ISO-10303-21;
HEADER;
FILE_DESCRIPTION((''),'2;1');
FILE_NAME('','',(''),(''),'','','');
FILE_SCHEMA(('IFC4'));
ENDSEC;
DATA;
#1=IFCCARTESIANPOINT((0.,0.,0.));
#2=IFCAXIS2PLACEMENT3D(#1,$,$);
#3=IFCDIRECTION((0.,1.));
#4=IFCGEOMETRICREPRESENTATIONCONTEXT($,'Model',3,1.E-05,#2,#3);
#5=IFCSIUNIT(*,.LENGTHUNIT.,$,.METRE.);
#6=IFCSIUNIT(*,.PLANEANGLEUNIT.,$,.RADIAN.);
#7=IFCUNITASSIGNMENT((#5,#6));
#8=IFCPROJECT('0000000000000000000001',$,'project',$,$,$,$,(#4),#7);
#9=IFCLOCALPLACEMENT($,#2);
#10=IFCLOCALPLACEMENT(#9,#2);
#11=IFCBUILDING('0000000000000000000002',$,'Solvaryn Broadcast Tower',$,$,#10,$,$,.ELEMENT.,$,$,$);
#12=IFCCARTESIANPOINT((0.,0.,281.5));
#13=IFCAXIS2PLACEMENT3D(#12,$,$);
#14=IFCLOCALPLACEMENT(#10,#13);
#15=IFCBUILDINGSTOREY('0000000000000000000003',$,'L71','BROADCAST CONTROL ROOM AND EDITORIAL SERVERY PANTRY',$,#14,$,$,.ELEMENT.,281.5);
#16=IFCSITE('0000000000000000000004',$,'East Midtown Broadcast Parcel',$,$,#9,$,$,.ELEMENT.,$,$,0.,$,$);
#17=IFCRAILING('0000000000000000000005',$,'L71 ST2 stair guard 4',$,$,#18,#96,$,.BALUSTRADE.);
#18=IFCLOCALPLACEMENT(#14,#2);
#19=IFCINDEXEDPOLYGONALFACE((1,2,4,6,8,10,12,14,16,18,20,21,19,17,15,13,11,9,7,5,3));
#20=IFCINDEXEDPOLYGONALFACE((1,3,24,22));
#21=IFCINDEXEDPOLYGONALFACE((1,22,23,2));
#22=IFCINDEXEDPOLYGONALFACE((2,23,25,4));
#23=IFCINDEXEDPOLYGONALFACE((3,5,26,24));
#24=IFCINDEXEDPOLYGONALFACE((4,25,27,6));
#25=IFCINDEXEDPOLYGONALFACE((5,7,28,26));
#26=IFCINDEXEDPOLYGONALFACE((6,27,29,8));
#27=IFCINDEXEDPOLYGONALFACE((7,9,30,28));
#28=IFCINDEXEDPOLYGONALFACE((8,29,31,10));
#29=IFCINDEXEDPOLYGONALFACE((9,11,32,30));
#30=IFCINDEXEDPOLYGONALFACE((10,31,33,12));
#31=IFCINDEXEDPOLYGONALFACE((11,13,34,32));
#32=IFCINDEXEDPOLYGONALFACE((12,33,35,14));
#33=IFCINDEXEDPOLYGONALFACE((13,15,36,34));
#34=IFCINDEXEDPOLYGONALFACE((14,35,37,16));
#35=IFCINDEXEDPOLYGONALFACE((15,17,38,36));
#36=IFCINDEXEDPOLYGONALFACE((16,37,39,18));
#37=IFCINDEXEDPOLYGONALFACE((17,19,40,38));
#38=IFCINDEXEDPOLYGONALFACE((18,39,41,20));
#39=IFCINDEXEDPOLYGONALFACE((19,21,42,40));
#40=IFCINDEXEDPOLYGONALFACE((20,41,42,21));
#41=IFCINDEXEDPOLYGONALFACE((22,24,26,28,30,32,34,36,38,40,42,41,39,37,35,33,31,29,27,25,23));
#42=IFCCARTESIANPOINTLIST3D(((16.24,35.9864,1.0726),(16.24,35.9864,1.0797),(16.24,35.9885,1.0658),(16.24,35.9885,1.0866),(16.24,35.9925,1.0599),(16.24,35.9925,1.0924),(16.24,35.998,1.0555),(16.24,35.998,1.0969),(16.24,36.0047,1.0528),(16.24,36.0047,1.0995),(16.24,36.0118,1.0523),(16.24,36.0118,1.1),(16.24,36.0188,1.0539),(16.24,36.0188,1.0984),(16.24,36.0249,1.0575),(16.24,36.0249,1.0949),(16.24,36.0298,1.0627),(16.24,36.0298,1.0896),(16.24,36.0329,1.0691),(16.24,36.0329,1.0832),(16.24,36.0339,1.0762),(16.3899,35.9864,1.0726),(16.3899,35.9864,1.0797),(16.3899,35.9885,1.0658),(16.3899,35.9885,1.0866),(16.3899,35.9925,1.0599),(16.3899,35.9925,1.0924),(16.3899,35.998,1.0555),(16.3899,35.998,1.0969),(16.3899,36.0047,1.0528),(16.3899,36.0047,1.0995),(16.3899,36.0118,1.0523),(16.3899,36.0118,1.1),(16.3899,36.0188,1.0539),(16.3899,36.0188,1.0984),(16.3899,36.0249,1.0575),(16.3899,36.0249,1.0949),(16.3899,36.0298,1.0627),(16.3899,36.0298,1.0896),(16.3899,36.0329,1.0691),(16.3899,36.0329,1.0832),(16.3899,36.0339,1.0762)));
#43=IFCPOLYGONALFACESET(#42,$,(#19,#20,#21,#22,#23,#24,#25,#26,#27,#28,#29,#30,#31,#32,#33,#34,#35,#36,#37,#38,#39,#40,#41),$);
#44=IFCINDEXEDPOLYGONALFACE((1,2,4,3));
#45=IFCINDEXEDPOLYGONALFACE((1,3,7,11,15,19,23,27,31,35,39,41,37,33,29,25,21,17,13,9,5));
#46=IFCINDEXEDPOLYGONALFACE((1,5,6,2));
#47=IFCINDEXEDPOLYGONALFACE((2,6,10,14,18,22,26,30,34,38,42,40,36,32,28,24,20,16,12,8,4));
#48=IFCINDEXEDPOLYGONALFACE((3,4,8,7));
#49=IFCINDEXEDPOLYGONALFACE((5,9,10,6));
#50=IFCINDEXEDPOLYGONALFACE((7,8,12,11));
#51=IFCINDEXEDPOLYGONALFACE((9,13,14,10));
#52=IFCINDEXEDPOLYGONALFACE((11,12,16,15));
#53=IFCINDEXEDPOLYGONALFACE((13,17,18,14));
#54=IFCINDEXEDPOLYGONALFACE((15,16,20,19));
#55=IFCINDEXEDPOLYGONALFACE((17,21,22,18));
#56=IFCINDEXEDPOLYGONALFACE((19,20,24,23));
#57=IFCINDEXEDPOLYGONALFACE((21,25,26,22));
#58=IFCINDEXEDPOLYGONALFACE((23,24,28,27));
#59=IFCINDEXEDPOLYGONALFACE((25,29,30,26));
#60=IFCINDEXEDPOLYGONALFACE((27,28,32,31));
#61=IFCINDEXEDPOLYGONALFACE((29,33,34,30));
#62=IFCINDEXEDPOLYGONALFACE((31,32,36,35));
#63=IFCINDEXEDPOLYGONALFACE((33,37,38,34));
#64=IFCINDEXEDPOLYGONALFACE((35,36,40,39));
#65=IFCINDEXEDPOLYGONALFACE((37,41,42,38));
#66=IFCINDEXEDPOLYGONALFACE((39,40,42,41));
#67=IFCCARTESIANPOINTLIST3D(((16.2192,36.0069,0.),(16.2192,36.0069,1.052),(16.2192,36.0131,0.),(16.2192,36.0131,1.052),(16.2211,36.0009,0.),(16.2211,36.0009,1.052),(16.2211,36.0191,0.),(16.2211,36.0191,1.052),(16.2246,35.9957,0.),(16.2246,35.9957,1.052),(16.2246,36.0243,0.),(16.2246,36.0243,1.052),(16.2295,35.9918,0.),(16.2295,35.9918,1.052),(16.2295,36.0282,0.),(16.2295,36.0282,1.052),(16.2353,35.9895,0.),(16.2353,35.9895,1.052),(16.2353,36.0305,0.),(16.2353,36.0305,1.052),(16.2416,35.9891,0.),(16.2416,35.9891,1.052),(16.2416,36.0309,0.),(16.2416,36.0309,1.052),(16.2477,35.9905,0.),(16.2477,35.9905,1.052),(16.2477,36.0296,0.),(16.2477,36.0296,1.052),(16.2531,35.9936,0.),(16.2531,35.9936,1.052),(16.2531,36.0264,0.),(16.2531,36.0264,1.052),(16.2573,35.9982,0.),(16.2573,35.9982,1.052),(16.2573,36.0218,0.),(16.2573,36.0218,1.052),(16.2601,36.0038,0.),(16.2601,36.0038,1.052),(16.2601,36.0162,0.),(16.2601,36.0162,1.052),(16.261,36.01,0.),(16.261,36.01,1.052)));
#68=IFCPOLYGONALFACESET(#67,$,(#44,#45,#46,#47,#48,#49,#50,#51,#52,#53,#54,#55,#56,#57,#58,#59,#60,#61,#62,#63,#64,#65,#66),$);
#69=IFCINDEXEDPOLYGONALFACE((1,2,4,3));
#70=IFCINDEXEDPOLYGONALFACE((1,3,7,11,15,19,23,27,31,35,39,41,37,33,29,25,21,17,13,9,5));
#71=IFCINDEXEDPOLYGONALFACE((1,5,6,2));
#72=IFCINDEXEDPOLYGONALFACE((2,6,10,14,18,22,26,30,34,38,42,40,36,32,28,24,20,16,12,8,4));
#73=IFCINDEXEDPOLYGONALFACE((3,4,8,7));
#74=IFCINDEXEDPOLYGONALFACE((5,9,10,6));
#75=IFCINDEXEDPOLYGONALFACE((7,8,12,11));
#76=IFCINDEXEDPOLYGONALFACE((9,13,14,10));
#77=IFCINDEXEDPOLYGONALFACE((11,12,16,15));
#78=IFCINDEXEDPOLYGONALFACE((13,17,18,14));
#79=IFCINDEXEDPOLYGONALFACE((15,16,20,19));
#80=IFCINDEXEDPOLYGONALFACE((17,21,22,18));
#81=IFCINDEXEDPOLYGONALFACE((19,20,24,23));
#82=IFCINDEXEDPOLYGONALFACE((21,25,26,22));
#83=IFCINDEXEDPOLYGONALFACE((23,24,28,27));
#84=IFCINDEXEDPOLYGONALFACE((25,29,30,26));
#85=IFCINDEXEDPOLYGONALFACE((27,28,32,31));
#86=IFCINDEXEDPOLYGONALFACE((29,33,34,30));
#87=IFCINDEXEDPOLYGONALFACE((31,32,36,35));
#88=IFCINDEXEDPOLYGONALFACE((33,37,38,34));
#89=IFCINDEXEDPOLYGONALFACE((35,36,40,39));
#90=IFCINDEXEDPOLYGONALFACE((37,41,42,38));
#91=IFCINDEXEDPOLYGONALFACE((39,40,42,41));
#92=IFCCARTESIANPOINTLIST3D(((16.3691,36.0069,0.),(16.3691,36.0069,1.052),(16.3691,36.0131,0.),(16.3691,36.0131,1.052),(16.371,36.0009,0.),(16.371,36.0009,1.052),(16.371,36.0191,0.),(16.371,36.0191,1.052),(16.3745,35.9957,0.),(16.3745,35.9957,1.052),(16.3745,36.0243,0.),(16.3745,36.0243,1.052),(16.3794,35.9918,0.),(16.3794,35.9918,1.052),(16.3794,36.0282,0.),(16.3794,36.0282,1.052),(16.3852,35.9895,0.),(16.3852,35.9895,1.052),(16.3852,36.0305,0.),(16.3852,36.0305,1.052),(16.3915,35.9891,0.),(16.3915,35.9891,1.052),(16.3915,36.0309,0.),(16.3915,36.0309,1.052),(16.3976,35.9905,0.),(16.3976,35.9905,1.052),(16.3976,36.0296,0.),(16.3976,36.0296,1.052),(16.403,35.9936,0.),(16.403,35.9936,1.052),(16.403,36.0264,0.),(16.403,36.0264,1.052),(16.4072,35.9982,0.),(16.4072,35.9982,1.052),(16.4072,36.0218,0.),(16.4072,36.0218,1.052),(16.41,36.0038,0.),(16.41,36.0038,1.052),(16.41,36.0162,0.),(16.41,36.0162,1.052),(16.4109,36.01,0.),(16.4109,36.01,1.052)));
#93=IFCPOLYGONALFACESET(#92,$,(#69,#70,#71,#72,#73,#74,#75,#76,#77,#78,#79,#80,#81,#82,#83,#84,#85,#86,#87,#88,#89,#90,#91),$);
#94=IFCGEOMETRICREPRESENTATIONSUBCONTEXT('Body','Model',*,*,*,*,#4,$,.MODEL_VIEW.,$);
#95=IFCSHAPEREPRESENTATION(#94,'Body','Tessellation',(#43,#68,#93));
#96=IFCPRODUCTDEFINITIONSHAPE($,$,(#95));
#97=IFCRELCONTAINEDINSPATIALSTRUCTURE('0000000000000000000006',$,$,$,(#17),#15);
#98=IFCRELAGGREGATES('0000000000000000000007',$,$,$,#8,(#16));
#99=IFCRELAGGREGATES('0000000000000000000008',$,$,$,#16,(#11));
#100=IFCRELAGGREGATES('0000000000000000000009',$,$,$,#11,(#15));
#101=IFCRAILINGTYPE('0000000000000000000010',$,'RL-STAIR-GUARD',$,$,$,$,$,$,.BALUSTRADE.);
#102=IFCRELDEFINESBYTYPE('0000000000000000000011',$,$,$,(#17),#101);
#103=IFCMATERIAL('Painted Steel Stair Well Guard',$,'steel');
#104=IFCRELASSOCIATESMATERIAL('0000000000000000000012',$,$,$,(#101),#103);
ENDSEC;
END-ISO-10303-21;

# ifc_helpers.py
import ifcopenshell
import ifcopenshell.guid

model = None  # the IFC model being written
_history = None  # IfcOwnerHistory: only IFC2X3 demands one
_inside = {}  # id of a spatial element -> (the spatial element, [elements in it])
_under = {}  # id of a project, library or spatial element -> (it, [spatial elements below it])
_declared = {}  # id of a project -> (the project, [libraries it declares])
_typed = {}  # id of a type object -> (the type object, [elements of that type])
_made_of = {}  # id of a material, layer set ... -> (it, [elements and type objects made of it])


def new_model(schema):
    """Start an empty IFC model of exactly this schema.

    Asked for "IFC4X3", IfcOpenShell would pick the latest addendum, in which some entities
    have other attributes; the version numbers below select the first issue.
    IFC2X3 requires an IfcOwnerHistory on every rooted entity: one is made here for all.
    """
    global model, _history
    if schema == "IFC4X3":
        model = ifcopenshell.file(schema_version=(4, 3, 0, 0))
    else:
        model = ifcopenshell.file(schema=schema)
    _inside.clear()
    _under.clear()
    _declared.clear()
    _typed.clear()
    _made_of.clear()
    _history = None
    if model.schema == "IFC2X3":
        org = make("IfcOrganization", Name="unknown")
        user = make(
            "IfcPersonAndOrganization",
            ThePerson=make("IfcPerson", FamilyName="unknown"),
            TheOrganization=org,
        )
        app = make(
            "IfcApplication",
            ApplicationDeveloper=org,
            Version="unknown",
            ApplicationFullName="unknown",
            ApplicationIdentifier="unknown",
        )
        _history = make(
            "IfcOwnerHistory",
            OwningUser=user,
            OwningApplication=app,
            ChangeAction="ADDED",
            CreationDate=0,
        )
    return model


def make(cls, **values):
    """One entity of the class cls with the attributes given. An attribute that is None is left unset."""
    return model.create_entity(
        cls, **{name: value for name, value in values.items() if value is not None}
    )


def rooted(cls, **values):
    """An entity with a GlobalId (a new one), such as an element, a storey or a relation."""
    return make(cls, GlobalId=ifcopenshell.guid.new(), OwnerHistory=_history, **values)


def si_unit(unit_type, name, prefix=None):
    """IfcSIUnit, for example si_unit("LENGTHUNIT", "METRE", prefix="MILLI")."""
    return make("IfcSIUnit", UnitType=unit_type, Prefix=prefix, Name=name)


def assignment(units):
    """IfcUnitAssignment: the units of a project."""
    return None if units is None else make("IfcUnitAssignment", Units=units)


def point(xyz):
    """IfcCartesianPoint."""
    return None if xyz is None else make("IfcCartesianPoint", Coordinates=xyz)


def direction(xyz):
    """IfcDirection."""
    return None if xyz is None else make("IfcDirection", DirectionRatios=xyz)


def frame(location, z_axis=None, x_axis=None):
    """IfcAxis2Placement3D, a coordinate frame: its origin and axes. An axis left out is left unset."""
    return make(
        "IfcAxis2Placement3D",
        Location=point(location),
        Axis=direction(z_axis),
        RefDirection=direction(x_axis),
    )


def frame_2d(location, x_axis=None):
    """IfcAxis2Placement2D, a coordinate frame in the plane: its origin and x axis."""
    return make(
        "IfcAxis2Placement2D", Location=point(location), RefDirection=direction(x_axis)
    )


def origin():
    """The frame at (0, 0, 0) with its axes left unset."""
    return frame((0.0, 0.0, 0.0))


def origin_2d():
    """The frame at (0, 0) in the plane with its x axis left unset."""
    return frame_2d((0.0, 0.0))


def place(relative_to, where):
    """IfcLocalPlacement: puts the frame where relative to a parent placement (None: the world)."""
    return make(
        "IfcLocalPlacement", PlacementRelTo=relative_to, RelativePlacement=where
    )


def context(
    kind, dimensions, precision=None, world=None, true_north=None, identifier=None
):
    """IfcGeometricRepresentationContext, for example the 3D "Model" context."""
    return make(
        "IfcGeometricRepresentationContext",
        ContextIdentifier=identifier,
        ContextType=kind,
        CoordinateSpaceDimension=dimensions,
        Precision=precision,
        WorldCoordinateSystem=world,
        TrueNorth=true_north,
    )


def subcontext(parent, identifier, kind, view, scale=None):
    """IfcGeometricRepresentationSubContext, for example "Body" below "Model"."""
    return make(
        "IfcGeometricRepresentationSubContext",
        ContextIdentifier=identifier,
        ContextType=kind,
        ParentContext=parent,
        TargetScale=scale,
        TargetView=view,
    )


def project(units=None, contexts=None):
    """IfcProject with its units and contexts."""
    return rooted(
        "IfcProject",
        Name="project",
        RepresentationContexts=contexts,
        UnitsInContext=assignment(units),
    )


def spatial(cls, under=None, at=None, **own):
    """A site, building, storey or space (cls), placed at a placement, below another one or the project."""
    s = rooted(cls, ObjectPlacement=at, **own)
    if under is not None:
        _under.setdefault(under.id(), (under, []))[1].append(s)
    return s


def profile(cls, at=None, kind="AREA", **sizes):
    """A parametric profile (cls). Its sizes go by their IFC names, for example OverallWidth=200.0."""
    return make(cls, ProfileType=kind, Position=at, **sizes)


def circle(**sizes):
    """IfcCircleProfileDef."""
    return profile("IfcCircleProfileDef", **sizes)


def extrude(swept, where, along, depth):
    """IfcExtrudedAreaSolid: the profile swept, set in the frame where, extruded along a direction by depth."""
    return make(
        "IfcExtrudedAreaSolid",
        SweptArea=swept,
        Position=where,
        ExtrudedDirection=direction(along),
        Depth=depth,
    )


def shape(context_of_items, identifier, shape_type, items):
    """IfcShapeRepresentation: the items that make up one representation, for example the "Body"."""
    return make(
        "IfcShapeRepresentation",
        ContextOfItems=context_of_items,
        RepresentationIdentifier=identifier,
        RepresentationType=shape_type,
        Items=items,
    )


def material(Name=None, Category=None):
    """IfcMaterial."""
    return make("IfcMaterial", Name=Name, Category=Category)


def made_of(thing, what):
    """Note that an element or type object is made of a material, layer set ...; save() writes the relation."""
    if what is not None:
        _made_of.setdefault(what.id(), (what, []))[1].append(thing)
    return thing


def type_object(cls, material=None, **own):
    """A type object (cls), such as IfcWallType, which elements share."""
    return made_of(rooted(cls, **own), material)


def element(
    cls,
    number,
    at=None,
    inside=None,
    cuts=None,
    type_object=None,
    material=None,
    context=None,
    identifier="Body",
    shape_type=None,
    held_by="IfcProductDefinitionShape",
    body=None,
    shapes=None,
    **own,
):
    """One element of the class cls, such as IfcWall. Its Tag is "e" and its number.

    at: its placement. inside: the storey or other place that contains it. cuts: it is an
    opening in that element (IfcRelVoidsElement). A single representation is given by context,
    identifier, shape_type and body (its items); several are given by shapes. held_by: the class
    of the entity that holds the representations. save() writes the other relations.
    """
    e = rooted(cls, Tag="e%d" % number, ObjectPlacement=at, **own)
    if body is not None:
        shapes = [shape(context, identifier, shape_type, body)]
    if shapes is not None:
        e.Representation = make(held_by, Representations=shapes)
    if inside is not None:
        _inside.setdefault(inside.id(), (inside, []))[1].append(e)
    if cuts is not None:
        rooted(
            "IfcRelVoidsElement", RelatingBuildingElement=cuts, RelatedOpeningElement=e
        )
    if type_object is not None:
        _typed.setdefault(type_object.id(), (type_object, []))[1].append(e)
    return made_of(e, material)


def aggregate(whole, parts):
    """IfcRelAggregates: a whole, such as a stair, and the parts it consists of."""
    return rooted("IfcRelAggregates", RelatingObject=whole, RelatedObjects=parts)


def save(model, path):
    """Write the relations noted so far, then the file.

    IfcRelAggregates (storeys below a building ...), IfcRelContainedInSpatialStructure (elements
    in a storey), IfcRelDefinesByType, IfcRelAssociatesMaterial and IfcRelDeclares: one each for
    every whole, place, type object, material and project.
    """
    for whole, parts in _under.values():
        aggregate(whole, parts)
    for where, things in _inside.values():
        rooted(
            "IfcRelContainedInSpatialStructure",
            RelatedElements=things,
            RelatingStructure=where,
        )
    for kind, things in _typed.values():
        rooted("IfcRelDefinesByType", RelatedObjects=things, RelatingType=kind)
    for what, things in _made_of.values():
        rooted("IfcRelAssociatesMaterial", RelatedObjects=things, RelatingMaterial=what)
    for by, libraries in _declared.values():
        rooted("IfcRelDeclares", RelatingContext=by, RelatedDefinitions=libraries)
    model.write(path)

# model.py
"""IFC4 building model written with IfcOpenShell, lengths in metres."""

from ifc_helpers import new_model, si_unit, direction, frame, origin, origin_2d, place, context, subcontext, project, spatial, circle, extrude, material, type_object, element, save


model = new_model("IFC4")

# Units and contexts
model_context = context("Model", 3, precision=1e-05, world=origin(), true_north=direction((0.0, 1.0)))
body_context = subcontext(model_context, "Body", "Model", "MODEL_VIEW")
ifc_project = project(units=[si_unit("LENGTHUNIT", "METRE"), si_unit("PLANEANGLEUNIT", "RADIAN")], contexts=[model_context])

# Site, building, storey
site_placement = place(None, origin())
site = spatial("IfcSite", under=ifc_project, at=site_placement, Name="East Midtown Broadcast Parcel", CompositionType="ELEMENT", RefElevation=0.0)
building_placement = place(site_placement, origin())
building = spatial("IfcBuilding", under=site, at=building_placement, Name="Solvaryn Broadcast Tower", CompositionType="ELEMENT")
storey_placement = place(building_placement, frame((0.0, 0.0, 281.5)))
storey = spatial("IfcBuildingStorey", under=building, at=storey_placement, Name="L71", Description="BROADCAST CONTROL ROOM AND EDITORIAL SERVERY PANTRY", CompositionType="ELEMENT", Elevation=281.5)

# Railing
ifc_material_1 = material(Name="Painted Steel Stair Well Guard", Category="steel")
railing_type_1 = type_object("IfcRailingType", Name="RL-STAIR-GUARD", PredefinedType="BALUSTRADE", material=ifc_material_1)
railing_1_placement = place(storey_placement, frame((16.24, 36.01, 0.0)))
element("IfcRailing", 1, at=railing_1_placement, inside=storey, type_object=railing_type_1, Name="L71 ST2 stair guard 4", PredefinedType="BALUSTRADE", context=body_context, shape_type="SweptSolid", body=[
    extrude(circle(Radius=0.0239, at=origin_2d()), frame((0.0, 0.0, 1.0762), z_axis=(1.0, 0.0, 0.0), x_axis=(0.0, 1.0, 0.0)), (0.0, 0.0, 1.0), 0.1499),
    extrude(circle(Radius=0.021, at=origin_2d()), origin(), (0.0, 0.0, 1.0), 1.052),
    extrude(circle(Radius=0.021, at=origin_2d()), frame((0.1499, 0.0, 0.0)), (0.0, 0.0, 1.0), 1.052),
])

save(model, "model.ifc")
